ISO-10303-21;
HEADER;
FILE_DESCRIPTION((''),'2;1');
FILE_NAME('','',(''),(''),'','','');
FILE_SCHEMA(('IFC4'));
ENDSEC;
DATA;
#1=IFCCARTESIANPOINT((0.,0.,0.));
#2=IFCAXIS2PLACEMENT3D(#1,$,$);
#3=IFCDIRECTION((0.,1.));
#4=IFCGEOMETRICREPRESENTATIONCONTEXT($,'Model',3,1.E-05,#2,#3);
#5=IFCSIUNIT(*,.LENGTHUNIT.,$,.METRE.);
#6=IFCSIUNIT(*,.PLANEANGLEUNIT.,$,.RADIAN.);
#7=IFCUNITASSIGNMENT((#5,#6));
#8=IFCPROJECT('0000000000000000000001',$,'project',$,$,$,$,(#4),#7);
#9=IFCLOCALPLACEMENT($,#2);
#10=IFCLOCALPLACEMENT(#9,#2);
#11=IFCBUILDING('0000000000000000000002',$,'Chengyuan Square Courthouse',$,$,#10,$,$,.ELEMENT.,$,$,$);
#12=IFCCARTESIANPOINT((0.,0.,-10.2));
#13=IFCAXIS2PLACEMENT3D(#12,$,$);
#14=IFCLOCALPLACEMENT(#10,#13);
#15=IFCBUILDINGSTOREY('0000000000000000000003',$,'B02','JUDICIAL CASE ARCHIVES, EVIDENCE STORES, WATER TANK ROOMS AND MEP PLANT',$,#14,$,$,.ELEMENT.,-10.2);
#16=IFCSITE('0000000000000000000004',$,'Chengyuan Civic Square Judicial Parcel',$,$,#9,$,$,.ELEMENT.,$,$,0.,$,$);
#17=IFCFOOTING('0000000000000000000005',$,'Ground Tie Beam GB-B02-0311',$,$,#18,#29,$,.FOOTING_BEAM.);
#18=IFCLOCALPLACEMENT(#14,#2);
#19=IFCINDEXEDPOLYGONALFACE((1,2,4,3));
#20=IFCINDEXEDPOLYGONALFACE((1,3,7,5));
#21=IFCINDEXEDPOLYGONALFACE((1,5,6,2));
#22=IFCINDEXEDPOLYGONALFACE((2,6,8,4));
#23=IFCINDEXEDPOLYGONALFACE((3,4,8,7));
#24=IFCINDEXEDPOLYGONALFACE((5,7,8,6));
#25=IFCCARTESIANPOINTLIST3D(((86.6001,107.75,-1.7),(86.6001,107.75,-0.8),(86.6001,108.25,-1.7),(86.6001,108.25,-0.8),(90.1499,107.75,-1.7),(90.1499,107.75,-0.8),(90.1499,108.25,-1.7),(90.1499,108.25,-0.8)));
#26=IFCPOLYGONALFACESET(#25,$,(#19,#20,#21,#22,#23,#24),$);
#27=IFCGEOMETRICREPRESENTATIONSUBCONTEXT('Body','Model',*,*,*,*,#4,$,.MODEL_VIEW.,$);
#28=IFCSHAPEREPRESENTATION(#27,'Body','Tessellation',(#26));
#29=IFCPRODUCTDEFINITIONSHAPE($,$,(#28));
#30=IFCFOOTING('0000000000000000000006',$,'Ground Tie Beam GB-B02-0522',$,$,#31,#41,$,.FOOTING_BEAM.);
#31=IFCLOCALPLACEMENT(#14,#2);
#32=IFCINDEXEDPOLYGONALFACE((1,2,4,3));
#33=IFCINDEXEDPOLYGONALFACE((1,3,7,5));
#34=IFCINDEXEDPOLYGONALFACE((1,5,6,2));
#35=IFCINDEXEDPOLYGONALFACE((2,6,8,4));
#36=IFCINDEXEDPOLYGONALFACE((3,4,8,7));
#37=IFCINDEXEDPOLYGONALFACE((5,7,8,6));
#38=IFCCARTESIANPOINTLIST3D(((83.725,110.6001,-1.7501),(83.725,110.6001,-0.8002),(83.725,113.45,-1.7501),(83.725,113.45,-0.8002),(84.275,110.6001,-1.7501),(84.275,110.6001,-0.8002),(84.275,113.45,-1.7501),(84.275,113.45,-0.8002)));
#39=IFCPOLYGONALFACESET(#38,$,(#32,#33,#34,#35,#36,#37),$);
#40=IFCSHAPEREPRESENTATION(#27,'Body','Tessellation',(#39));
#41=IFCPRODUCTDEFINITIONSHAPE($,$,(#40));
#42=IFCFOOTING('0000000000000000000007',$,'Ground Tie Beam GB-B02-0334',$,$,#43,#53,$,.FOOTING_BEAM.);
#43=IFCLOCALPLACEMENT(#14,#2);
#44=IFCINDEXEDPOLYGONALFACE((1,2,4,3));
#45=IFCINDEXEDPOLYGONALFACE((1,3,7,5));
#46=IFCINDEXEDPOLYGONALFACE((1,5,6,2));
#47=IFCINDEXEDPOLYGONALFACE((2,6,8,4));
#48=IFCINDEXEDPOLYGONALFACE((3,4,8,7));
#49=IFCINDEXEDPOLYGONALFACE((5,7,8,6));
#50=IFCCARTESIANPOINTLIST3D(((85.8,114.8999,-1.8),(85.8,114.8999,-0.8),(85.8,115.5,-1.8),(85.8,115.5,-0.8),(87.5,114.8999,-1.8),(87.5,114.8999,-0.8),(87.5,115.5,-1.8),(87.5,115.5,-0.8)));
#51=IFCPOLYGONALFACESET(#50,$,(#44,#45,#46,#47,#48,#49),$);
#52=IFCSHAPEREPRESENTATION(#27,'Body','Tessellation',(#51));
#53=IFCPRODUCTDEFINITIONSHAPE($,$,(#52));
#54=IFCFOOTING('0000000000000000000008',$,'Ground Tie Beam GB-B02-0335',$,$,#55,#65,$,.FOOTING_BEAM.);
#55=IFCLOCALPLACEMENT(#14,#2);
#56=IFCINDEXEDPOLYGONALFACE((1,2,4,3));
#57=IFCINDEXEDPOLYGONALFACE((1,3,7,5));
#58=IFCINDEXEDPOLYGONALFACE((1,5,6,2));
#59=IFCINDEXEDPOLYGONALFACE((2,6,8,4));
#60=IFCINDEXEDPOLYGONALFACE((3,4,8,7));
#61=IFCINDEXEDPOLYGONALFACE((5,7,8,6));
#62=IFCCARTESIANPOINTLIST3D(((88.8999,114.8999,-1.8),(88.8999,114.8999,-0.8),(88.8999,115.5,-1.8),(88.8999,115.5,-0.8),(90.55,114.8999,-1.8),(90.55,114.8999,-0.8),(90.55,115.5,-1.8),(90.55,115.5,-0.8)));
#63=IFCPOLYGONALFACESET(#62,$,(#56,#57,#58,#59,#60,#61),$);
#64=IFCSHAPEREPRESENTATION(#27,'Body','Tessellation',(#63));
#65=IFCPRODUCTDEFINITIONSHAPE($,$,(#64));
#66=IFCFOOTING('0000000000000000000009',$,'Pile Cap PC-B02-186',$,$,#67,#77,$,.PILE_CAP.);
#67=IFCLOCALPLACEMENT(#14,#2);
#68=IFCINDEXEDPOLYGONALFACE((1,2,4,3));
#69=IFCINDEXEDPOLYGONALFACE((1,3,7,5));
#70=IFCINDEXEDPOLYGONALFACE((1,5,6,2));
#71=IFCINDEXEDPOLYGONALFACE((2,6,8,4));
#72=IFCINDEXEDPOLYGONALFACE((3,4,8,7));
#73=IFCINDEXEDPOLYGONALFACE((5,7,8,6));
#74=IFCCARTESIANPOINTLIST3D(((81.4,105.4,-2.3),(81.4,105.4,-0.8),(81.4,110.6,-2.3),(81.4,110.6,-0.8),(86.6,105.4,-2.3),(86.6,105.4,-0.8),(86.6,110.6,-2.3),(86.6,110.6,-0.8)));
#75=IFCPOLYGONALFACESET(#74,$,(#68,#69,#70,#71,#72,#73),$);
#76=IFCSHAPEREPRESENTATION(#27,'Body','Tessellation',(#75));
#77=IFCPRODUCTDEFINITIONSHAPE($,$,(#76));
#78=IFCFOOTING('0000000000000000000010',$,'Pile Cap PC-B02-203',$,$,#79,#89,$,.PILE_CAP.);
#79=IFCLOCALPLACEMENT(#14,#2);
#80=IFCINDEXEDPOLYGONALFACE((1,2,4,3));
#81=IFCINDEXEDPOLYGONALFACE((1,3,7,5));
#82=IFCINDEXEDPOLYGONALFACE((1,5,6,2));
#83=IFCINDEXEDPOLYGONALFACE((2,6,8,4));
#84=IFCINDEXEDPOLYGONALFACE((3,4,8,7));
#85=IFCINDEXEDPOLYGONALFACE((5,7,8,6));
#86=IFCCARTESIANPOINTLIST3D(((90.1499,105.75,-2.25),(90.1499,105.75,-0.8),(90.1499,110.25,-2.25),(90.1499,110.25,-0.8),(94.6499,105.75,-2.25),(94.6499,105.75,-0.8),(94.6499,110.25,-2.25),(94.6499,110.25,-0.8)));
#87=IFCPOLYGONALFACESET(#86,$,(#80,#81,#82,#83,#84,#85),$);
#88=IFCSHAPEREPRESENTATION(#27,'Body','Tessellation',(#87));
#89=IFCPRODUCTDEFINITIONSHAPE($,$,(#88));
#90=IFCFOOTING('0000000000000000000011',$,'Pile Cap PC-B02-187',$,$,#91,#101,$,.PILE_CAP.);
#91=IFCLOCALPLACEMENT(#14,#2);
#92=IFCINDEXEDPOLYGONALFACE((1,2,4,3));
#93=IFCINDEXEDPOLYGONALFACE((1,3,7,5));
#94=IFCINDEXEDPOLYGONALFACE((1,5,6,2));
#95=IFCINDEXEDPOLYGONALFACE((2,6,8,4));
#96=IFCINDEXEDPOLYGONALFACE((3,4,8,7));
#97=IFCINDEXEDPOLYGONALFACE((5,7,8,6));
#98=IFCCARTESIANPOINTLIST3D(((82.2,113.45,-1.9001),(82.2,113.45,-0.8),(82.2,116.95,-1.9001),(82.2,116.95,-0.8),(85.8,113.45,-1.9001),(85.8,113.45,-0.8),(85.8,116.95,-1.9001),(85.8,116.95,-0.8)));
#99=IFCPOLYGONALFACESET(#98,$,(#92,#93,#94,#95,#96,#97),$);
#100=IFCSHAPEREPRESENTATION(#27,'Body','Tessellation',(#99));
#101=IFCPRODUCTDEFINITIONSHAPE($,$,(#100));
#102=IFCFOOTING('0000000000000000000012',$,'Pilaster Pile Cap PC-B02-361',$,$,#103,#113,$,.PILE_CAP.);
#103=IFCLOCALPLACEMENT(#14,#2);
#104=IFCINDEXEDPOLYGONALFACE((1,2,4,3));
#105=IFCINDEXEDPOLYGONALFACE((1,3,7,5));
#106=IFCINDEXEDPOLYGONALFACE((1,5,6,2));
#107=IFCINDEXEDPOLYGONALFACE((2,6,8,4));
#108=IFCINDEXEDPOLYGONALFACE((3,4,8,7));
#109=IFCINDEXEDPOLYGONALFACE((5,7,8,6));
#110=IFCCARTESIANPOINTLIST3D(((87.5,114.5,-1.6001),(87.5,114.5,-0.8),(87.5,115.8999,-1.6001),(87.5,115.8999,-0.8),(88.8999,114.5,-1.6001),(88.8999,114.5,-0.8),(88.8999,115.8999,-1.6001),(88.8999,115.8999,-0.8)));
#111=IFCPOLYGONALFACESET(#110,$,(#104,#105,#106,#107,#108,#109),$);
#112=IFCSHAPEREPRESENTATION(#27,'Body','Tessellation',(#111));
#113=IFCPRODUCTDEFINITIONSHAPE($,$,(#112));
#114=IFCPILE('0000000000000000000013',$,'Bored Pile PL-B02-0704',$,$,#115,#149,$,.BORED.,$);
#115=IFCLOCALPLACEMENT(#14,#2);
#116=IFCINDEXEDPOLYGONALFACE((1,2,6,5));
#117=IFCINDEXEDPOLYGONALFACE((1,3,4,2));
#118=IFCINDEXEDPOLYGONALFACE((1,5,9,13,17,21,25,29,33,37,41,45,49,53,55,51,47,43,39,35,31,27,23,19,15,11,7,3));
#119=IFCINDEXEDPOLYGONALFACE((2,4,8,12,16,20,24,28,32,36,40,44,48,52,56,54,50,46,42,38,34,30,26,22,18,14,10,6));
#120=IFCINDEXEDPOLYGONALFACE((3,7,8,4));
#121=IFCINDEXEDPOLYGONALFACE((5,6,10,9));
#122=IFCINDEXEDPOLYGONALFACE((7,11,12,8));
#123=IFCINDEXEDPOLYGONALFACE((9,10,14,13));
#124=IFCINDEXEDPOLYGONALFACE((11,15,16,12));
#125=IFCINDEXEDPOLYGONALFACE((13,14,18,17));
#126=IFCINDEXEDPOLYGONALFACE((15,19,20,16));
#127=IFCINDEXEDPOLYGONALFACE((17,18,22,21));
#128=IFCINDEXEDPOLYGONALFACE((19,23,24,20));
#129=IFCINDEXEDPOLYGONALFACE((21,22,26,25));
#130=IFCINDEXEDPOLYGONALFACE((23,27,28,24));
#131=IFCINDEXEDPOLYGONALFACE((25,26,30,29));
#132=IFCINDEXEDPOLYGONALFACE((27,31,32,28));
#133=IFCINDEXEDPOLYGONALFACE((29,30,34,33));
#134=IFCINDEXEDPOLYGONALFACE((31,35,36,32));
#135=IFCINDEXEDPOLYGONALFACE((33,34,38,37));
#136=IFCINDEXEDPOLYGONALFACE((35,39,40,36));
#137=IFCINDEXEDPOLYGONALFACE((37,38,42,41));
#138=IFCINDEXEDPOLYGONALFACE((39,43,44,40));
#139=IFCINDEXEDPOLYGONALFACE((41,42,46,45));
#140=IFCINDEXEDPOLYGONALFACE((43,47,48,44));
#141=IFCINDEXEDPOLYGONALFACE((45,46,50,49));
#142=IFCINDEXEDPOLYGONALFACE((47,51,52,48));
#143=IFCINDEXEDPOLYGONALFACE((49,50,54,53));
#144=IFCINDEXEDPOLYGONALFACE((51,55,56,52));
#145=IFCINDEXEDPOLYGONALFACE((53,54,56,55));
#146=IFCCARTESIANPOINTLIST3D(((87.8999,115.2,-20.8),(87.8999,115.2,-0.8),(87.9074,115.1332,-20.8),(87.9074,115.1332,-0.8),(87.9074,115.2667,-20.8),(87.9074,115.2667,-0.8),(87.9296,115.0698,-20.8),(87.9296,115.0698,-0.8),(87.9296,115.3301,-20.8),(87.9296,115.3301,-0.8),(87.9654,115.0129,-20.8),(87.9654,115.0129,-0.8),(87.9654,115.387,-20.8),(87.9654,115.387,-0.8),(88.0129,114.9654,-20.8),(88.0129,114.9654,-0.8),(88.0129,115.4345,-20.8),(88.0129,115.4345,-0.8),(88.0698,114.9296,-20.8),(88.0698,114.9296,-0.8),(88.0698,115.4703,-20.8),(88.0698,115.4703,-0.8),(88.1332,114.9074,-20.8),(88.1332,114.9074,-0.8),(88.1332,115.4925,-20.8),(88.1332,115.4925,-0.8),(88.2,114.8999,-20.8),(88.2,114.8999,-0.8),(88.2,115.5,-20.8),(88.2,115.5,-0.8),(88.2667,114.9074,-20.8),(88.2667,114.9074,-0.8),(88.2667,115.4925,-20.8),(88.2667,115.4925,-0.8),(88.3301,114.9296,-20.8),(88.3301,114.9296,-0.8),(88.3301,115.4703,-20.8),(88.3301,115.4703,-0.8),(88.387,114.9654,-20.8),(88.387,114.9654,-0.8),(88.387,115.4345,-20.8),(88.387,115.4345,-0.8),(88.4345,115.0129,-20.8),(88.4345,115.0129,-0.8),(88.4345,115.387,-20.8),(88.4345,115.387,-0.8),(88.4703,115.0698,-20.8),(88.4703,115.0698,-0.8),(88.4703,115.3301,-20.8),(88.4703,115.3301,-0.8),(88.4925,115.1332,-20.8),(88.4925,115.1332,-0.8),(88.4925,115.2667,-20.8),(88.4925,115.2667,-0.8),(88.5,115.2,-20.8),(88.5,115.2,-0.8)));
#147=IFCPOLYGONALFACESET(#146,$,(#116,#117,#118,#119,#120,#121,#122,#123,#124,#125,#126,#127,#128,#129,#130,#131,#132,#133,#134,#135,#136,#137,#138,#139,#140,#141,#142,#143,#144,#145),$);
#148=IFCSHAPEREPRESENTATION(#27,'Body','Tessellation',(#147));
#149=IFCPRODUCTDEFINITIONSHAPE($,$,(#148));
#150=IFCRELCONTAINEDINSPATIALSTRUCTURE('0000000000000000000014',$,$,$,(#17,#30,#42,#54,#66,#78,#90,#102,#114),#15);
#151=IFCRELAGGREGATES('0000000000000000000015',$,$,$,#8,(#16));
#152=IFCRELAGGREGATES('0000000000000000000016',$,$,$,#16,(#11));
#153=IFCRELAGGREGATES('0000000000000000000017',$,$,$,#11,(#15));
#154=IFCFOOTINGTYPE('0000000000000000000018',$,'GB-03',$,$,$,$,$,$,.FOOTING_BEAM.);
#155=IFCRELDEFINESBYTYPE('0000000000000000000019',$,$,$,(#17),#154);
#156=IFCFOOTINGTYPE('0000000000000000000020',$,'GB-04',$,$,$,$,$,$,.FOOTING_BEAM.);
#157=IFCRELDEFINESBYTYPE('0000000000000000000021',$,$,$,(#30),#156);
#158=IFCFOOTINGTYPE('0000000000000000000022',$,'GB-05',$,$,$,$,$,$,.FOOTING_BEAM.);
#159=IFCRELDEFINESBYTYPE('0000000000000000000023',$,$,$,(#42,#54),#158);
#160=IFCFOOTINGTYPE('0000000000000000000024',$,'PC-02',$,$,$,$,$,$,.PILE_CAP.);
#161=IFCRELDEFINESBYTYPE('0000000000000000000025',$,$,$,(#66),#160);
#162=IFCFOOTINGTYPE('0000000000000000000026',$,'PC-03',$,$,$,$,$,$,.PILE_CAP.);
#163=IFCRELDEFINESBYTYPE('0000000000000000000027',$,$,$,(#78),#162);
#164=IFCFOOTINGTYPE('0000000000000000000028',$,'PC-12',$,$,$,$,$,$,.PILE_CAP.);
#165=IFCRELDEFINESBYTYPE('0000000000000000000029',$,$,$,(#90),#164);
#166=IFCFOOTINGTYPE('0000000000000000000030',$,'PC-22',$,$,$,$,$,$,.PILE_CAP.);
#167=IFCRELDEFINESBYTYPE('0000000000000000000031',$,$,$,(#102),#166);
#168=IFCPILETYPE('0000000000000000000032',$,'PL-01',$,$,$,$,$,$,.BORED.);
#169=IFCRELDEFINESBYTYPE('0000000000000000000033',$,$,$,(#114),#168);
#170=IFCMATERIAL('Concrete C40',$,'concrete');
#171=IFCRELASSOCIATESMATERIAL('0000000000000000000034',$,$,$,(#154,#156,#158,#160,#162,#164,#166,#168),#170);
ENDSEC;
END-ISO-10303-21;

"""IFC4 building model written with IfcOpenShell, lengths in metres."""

from ifc_helpers import new_model, si_unit, direction, frame, origin, origin_2d, place, context, subcontext, project, spatial, rectangle, circle, extrude, material, material_profile, profile_set, type_object, element, save


model = new_model("IFC4")

# Units and contexts
model_context = context("Model", 3, precision=1e-05, world=origin(), true_north=direction((0.0, 1.0)))
body_context = subcontext(model_context, "Body", "Model", "MODEL_VIEW")
ifc_project = project(units=[si_unit("LENGTHUNIT", "METRE"), si_unit("PLANEANGLEUNIT", "RADIAN")], contexts=[model_context])

# Site, building, storey
site_placement = place(None, origin())
site = spatial("IfcSite", under=ifc_project, at=site_placement, Name="Chengyuan Civic Square Judicial Parcel", CompositionType="ELEMENT", RefElevation=0.0)
building_placement = place(site_placement, origin())
building = spatial("IfcBuilding", under=site, at=building_placement, Name="Chengyuan Square Courthouse", CompositionType="ELEMENT")
storey_placement = place(building_placement, frame((0.0, 0.0, -10.2)))
storey = spatial("IfcBuildingStorey", under=building, at=storey_placement, Name="B02", Description="JUDICIAL CASE ARCHIVES, EVIDENCE STORES, WATER TANK ROOMS AND MEP PLANT", CompositionType="ELEMENT", Elevation=-10.2)

# Footings
ifc_material_1 = material(Name="Concrete C40", Category="concrete")
ifc_material_profile_1 = material_profile(ifc_material_1, rectangle(XDim=0.5, YDim=0.8999, at=origin_2d()), Name="GB-500x900")
ifc_profile_set_1 = profile_set([ifc_material_profile_1], Name="Concrete C40")
footing_type_1 = type_object("IfcFootingType", Name="GB-03", PredefinedType="FOOTING_BEAM", material=ifc_profile_set_1)
footing_1_placement = place(storey_placement, frame((86.6001, 108.0, -1.25), z_axis=(1.0, 0.0, 0.0), x_axis=(0.0, 1.0, 0.0)))
element("IfcFooting", 1, at=footing_1_placement, inside=storey, type_object=footing_type_1, Name="Ground Tie Beam GB-B02-0311", PredefinedType="FOOTING_BEAM", context=body_context, shape_type="SweptSolid", body=[
    extrude(rectangle(XDim=0.5, YDim=0.8999, at=origin_2d()), origin(), (0.0, 0.0, 1.0), 3.5498),
])
ifc_material_profile_2 = material_profile(ifc_material_1, rectangle(XDim=0.55, YDim=0.95, at=origin_2d()), Name="GB-550x950")
ifc_profile_set_2 = profile_set([ifc_material_profile_2], Name="Concrete C40")
footing_type_2 = type_object("IfcFootingType", Name="GB-04", PredefinedType="FOOTING_BEAM", material=ifc_profile_set_2)
footing_2_placement = place(storey_placement, frame((84.0, 110.6001, -1.2751), z_axis=(0.0, 1.0, 0.0), x_axis=(-1.0, 0.0, 0.0)))
element("IfcFooting", 2, at=footing_2_placement, inside=storey, type_object=footing_type_2, Name="Ground Tie Beam GB-B02-0522", PredefinedType="FOOTING_BEAM", context=body_context, shape_type="SweptSolid", body=[
    extrude(rectangle(XDim=0.55, YDim=0.95, at=origin_2d()), origin(), (0.0, 0.0, 1.0), 2.8499),
])
ifc_material_profile_3 = material_profile(ifc_material_1, rectangle(XDim=0.6001, YDim=1.0, at=origin_2d()), Name="GB-600x1000")
ifc_profile_set_3 = profile_set([ifc_material_profile_3], Name="Concrete C40")
footing_type_3 = type_object("IfcFootingType", Name="GB-05", PredefinedType="FOOTING_BEAM", material=ifc_profile_set_3)
footing_3_placement = place(storey_placement, frame((85.8, 115.2, -1.3), z_axis=(1.0, 0.0, 0.0), x_axis=(0.0, 1.0, 0.0)))
element("IfcFooting", 3, at=footing_3_placement, inside=storey, type_object=footing_type_3, Name="Ground Tie Beam GB-B02-0334", PredefinedType="FOOTING_BEAM", context=body_context, shape_type="SweptSolid", body=[
    extrude(rectangle(XDim=0.6001, YDim=1.0, at=origin_2d()), origin(), (0.0, 0.0, 1.0), 1.7),
])
footing_4_placement = place(storey_placement, frame((88.8999, 115.2, -1.3), z_axis=(1.0, 0.0, 0.0), x_axis=(0.0, 1.0, 0.0)))
element("IfcFooting", 4, at=footing_4_placement, inside=storey, type_object=footing_type_3, Name="Ground Tie Beam GB-B02-0335", PredefinedType="FOOTING_BEAM", context=body_context, shape_type="SweptSolid", body=[
    extrude(rectangle(XDim=0.6001, YDim=1.0, at=origin_2d()), origin(), (0.0, 0.0, 1.0), 1.6501),
])
footing_type_4 = type_object("IfcFootingType", Name="PC-02", PredefinedType="PILE_CAP", material=ifc_material_1)
footing_5_placement = place(storey_placement, frame((84.0, 108.0, -2.3), z_axis=(0.0, 0.0, 1.0), x_axis=(1.0, 0.0, 0.0)))
element("IfcFooting", 5, at=footing_5_placement, inside=storey, type_object=footing_type_4, Name="Pile Cap PC-B02-186", PredefinedType="PILE_CAP", context=body_context, shape_type="SweptSolid", body=[
    extrude(rectangle(XDim=5.2, YDim=5.2, at=origin_2d()), origin(), (0.0, 0.0, 1.0), 1.5),
])
footing_type_5 = type_object("IfcFootingType", Name="PC-03", PredefinedType="PILE_CAP", material=ifc_material_1)
footing_6_placement = place(storey_placement, frame((92.3999, 108.0, -2.25), z_axis=(0.0, 0.0, 1.0), x_axis=(1.0, 0.0, 0.0)))
element("IfcFooting", 6, at=footing_6_placement, inside=storey, type_object=footing_type_5, Name="Pile Cap PC-B02-203", PredefinedType="PILE_CAP", context=body_context, shape_type="SweptSolid", body=[
    extrude(rectangle(XDim=4.5, YDim=4.5, at=origin_2d()), origin(), (0.0, 0.0, 1.0), 1.45),
])
footing_type_6 = type_object("IfcFootingType", Name="PC-12", PredefinedType="PILE_CAP", material=ifc_material_1)
footing_7_placement = place(storey_placement, frame((84.0, 115.2, -1.9001), z_axis=(0.0, 0.0, 1.0), x_axis=(1.0, 0.0, 0.0)))
element("IfcFooting", 7, at=footing_7_placement, inside=storey, type_object=footing_type_6, Name="Pile Cap PC-B02-187", PredefinedType="PILE_CAP", context=body_context, shape_type="SweptSolid", body=[
    extrude(rectangle(XDim=3.6001, YDim=3.5, at=origin_2d()), origin(), (0.0, 0.0, 1.0), 1.1001),
])
footing_type_7 = type_object("IfcFootingType", Name="PC-22", PredefinedType="PILE_CAP", material=ifc_material_1)
footing_8_placement = place(storey_placement, frame((88.2, 115.2, -1.6001), z_axis=(0.0, 0.0, 1.0), x_axis=(1.0, 0.0, 0.0)))
element("IfcFooting", 8, at=footing_8_placement, inside=storey, type_object=footing_type_7, Name="Pilaster Pile Cap PC-B02-361", PredefinedType="PILE_CAP", context=body_context, shape_type="SweptSolid", body=[
    extrude(rectangle(XDim=1.3999, YDim=1.3999, at=origin_2d()), origin(), (0.0, 0.0, 1.0), 0.8),
])

# Pile
ifc_material_profile_4 = material_profile(ifc_material_1, circle(Radius=0.3, at=origin_2d()), Name="BORED PILE D600")
ifc_profile_set_4 = profile_set([ifc_material_profile_4], Name="Concrete C40")
pile_type_1 = type_object("IfcPileType", Name="PL-01", PredefinedType="BORED", material=ifc_profile_set_4)
pile_placement = place(storey_placement, frame((88.2, 115.2, -0.8), z_axis=(0.0, 0.0, -1.0), x_axis=(1.0, 0.0, 0.0)))
element("IfcPile", 9, at=pile_placement, inside=storey, type_object=pile_type_1, Name="Bored Pile PL-B02-0704", PredefinedType="BORED", context=body_context, shape_type="SweptSolid", body=[
    extrude(circle(Radius=0.3, at=origin_2d()), origin(), (0.0, 0.0, 1.0), 20.0),
])

save(model, "model.ifc")
